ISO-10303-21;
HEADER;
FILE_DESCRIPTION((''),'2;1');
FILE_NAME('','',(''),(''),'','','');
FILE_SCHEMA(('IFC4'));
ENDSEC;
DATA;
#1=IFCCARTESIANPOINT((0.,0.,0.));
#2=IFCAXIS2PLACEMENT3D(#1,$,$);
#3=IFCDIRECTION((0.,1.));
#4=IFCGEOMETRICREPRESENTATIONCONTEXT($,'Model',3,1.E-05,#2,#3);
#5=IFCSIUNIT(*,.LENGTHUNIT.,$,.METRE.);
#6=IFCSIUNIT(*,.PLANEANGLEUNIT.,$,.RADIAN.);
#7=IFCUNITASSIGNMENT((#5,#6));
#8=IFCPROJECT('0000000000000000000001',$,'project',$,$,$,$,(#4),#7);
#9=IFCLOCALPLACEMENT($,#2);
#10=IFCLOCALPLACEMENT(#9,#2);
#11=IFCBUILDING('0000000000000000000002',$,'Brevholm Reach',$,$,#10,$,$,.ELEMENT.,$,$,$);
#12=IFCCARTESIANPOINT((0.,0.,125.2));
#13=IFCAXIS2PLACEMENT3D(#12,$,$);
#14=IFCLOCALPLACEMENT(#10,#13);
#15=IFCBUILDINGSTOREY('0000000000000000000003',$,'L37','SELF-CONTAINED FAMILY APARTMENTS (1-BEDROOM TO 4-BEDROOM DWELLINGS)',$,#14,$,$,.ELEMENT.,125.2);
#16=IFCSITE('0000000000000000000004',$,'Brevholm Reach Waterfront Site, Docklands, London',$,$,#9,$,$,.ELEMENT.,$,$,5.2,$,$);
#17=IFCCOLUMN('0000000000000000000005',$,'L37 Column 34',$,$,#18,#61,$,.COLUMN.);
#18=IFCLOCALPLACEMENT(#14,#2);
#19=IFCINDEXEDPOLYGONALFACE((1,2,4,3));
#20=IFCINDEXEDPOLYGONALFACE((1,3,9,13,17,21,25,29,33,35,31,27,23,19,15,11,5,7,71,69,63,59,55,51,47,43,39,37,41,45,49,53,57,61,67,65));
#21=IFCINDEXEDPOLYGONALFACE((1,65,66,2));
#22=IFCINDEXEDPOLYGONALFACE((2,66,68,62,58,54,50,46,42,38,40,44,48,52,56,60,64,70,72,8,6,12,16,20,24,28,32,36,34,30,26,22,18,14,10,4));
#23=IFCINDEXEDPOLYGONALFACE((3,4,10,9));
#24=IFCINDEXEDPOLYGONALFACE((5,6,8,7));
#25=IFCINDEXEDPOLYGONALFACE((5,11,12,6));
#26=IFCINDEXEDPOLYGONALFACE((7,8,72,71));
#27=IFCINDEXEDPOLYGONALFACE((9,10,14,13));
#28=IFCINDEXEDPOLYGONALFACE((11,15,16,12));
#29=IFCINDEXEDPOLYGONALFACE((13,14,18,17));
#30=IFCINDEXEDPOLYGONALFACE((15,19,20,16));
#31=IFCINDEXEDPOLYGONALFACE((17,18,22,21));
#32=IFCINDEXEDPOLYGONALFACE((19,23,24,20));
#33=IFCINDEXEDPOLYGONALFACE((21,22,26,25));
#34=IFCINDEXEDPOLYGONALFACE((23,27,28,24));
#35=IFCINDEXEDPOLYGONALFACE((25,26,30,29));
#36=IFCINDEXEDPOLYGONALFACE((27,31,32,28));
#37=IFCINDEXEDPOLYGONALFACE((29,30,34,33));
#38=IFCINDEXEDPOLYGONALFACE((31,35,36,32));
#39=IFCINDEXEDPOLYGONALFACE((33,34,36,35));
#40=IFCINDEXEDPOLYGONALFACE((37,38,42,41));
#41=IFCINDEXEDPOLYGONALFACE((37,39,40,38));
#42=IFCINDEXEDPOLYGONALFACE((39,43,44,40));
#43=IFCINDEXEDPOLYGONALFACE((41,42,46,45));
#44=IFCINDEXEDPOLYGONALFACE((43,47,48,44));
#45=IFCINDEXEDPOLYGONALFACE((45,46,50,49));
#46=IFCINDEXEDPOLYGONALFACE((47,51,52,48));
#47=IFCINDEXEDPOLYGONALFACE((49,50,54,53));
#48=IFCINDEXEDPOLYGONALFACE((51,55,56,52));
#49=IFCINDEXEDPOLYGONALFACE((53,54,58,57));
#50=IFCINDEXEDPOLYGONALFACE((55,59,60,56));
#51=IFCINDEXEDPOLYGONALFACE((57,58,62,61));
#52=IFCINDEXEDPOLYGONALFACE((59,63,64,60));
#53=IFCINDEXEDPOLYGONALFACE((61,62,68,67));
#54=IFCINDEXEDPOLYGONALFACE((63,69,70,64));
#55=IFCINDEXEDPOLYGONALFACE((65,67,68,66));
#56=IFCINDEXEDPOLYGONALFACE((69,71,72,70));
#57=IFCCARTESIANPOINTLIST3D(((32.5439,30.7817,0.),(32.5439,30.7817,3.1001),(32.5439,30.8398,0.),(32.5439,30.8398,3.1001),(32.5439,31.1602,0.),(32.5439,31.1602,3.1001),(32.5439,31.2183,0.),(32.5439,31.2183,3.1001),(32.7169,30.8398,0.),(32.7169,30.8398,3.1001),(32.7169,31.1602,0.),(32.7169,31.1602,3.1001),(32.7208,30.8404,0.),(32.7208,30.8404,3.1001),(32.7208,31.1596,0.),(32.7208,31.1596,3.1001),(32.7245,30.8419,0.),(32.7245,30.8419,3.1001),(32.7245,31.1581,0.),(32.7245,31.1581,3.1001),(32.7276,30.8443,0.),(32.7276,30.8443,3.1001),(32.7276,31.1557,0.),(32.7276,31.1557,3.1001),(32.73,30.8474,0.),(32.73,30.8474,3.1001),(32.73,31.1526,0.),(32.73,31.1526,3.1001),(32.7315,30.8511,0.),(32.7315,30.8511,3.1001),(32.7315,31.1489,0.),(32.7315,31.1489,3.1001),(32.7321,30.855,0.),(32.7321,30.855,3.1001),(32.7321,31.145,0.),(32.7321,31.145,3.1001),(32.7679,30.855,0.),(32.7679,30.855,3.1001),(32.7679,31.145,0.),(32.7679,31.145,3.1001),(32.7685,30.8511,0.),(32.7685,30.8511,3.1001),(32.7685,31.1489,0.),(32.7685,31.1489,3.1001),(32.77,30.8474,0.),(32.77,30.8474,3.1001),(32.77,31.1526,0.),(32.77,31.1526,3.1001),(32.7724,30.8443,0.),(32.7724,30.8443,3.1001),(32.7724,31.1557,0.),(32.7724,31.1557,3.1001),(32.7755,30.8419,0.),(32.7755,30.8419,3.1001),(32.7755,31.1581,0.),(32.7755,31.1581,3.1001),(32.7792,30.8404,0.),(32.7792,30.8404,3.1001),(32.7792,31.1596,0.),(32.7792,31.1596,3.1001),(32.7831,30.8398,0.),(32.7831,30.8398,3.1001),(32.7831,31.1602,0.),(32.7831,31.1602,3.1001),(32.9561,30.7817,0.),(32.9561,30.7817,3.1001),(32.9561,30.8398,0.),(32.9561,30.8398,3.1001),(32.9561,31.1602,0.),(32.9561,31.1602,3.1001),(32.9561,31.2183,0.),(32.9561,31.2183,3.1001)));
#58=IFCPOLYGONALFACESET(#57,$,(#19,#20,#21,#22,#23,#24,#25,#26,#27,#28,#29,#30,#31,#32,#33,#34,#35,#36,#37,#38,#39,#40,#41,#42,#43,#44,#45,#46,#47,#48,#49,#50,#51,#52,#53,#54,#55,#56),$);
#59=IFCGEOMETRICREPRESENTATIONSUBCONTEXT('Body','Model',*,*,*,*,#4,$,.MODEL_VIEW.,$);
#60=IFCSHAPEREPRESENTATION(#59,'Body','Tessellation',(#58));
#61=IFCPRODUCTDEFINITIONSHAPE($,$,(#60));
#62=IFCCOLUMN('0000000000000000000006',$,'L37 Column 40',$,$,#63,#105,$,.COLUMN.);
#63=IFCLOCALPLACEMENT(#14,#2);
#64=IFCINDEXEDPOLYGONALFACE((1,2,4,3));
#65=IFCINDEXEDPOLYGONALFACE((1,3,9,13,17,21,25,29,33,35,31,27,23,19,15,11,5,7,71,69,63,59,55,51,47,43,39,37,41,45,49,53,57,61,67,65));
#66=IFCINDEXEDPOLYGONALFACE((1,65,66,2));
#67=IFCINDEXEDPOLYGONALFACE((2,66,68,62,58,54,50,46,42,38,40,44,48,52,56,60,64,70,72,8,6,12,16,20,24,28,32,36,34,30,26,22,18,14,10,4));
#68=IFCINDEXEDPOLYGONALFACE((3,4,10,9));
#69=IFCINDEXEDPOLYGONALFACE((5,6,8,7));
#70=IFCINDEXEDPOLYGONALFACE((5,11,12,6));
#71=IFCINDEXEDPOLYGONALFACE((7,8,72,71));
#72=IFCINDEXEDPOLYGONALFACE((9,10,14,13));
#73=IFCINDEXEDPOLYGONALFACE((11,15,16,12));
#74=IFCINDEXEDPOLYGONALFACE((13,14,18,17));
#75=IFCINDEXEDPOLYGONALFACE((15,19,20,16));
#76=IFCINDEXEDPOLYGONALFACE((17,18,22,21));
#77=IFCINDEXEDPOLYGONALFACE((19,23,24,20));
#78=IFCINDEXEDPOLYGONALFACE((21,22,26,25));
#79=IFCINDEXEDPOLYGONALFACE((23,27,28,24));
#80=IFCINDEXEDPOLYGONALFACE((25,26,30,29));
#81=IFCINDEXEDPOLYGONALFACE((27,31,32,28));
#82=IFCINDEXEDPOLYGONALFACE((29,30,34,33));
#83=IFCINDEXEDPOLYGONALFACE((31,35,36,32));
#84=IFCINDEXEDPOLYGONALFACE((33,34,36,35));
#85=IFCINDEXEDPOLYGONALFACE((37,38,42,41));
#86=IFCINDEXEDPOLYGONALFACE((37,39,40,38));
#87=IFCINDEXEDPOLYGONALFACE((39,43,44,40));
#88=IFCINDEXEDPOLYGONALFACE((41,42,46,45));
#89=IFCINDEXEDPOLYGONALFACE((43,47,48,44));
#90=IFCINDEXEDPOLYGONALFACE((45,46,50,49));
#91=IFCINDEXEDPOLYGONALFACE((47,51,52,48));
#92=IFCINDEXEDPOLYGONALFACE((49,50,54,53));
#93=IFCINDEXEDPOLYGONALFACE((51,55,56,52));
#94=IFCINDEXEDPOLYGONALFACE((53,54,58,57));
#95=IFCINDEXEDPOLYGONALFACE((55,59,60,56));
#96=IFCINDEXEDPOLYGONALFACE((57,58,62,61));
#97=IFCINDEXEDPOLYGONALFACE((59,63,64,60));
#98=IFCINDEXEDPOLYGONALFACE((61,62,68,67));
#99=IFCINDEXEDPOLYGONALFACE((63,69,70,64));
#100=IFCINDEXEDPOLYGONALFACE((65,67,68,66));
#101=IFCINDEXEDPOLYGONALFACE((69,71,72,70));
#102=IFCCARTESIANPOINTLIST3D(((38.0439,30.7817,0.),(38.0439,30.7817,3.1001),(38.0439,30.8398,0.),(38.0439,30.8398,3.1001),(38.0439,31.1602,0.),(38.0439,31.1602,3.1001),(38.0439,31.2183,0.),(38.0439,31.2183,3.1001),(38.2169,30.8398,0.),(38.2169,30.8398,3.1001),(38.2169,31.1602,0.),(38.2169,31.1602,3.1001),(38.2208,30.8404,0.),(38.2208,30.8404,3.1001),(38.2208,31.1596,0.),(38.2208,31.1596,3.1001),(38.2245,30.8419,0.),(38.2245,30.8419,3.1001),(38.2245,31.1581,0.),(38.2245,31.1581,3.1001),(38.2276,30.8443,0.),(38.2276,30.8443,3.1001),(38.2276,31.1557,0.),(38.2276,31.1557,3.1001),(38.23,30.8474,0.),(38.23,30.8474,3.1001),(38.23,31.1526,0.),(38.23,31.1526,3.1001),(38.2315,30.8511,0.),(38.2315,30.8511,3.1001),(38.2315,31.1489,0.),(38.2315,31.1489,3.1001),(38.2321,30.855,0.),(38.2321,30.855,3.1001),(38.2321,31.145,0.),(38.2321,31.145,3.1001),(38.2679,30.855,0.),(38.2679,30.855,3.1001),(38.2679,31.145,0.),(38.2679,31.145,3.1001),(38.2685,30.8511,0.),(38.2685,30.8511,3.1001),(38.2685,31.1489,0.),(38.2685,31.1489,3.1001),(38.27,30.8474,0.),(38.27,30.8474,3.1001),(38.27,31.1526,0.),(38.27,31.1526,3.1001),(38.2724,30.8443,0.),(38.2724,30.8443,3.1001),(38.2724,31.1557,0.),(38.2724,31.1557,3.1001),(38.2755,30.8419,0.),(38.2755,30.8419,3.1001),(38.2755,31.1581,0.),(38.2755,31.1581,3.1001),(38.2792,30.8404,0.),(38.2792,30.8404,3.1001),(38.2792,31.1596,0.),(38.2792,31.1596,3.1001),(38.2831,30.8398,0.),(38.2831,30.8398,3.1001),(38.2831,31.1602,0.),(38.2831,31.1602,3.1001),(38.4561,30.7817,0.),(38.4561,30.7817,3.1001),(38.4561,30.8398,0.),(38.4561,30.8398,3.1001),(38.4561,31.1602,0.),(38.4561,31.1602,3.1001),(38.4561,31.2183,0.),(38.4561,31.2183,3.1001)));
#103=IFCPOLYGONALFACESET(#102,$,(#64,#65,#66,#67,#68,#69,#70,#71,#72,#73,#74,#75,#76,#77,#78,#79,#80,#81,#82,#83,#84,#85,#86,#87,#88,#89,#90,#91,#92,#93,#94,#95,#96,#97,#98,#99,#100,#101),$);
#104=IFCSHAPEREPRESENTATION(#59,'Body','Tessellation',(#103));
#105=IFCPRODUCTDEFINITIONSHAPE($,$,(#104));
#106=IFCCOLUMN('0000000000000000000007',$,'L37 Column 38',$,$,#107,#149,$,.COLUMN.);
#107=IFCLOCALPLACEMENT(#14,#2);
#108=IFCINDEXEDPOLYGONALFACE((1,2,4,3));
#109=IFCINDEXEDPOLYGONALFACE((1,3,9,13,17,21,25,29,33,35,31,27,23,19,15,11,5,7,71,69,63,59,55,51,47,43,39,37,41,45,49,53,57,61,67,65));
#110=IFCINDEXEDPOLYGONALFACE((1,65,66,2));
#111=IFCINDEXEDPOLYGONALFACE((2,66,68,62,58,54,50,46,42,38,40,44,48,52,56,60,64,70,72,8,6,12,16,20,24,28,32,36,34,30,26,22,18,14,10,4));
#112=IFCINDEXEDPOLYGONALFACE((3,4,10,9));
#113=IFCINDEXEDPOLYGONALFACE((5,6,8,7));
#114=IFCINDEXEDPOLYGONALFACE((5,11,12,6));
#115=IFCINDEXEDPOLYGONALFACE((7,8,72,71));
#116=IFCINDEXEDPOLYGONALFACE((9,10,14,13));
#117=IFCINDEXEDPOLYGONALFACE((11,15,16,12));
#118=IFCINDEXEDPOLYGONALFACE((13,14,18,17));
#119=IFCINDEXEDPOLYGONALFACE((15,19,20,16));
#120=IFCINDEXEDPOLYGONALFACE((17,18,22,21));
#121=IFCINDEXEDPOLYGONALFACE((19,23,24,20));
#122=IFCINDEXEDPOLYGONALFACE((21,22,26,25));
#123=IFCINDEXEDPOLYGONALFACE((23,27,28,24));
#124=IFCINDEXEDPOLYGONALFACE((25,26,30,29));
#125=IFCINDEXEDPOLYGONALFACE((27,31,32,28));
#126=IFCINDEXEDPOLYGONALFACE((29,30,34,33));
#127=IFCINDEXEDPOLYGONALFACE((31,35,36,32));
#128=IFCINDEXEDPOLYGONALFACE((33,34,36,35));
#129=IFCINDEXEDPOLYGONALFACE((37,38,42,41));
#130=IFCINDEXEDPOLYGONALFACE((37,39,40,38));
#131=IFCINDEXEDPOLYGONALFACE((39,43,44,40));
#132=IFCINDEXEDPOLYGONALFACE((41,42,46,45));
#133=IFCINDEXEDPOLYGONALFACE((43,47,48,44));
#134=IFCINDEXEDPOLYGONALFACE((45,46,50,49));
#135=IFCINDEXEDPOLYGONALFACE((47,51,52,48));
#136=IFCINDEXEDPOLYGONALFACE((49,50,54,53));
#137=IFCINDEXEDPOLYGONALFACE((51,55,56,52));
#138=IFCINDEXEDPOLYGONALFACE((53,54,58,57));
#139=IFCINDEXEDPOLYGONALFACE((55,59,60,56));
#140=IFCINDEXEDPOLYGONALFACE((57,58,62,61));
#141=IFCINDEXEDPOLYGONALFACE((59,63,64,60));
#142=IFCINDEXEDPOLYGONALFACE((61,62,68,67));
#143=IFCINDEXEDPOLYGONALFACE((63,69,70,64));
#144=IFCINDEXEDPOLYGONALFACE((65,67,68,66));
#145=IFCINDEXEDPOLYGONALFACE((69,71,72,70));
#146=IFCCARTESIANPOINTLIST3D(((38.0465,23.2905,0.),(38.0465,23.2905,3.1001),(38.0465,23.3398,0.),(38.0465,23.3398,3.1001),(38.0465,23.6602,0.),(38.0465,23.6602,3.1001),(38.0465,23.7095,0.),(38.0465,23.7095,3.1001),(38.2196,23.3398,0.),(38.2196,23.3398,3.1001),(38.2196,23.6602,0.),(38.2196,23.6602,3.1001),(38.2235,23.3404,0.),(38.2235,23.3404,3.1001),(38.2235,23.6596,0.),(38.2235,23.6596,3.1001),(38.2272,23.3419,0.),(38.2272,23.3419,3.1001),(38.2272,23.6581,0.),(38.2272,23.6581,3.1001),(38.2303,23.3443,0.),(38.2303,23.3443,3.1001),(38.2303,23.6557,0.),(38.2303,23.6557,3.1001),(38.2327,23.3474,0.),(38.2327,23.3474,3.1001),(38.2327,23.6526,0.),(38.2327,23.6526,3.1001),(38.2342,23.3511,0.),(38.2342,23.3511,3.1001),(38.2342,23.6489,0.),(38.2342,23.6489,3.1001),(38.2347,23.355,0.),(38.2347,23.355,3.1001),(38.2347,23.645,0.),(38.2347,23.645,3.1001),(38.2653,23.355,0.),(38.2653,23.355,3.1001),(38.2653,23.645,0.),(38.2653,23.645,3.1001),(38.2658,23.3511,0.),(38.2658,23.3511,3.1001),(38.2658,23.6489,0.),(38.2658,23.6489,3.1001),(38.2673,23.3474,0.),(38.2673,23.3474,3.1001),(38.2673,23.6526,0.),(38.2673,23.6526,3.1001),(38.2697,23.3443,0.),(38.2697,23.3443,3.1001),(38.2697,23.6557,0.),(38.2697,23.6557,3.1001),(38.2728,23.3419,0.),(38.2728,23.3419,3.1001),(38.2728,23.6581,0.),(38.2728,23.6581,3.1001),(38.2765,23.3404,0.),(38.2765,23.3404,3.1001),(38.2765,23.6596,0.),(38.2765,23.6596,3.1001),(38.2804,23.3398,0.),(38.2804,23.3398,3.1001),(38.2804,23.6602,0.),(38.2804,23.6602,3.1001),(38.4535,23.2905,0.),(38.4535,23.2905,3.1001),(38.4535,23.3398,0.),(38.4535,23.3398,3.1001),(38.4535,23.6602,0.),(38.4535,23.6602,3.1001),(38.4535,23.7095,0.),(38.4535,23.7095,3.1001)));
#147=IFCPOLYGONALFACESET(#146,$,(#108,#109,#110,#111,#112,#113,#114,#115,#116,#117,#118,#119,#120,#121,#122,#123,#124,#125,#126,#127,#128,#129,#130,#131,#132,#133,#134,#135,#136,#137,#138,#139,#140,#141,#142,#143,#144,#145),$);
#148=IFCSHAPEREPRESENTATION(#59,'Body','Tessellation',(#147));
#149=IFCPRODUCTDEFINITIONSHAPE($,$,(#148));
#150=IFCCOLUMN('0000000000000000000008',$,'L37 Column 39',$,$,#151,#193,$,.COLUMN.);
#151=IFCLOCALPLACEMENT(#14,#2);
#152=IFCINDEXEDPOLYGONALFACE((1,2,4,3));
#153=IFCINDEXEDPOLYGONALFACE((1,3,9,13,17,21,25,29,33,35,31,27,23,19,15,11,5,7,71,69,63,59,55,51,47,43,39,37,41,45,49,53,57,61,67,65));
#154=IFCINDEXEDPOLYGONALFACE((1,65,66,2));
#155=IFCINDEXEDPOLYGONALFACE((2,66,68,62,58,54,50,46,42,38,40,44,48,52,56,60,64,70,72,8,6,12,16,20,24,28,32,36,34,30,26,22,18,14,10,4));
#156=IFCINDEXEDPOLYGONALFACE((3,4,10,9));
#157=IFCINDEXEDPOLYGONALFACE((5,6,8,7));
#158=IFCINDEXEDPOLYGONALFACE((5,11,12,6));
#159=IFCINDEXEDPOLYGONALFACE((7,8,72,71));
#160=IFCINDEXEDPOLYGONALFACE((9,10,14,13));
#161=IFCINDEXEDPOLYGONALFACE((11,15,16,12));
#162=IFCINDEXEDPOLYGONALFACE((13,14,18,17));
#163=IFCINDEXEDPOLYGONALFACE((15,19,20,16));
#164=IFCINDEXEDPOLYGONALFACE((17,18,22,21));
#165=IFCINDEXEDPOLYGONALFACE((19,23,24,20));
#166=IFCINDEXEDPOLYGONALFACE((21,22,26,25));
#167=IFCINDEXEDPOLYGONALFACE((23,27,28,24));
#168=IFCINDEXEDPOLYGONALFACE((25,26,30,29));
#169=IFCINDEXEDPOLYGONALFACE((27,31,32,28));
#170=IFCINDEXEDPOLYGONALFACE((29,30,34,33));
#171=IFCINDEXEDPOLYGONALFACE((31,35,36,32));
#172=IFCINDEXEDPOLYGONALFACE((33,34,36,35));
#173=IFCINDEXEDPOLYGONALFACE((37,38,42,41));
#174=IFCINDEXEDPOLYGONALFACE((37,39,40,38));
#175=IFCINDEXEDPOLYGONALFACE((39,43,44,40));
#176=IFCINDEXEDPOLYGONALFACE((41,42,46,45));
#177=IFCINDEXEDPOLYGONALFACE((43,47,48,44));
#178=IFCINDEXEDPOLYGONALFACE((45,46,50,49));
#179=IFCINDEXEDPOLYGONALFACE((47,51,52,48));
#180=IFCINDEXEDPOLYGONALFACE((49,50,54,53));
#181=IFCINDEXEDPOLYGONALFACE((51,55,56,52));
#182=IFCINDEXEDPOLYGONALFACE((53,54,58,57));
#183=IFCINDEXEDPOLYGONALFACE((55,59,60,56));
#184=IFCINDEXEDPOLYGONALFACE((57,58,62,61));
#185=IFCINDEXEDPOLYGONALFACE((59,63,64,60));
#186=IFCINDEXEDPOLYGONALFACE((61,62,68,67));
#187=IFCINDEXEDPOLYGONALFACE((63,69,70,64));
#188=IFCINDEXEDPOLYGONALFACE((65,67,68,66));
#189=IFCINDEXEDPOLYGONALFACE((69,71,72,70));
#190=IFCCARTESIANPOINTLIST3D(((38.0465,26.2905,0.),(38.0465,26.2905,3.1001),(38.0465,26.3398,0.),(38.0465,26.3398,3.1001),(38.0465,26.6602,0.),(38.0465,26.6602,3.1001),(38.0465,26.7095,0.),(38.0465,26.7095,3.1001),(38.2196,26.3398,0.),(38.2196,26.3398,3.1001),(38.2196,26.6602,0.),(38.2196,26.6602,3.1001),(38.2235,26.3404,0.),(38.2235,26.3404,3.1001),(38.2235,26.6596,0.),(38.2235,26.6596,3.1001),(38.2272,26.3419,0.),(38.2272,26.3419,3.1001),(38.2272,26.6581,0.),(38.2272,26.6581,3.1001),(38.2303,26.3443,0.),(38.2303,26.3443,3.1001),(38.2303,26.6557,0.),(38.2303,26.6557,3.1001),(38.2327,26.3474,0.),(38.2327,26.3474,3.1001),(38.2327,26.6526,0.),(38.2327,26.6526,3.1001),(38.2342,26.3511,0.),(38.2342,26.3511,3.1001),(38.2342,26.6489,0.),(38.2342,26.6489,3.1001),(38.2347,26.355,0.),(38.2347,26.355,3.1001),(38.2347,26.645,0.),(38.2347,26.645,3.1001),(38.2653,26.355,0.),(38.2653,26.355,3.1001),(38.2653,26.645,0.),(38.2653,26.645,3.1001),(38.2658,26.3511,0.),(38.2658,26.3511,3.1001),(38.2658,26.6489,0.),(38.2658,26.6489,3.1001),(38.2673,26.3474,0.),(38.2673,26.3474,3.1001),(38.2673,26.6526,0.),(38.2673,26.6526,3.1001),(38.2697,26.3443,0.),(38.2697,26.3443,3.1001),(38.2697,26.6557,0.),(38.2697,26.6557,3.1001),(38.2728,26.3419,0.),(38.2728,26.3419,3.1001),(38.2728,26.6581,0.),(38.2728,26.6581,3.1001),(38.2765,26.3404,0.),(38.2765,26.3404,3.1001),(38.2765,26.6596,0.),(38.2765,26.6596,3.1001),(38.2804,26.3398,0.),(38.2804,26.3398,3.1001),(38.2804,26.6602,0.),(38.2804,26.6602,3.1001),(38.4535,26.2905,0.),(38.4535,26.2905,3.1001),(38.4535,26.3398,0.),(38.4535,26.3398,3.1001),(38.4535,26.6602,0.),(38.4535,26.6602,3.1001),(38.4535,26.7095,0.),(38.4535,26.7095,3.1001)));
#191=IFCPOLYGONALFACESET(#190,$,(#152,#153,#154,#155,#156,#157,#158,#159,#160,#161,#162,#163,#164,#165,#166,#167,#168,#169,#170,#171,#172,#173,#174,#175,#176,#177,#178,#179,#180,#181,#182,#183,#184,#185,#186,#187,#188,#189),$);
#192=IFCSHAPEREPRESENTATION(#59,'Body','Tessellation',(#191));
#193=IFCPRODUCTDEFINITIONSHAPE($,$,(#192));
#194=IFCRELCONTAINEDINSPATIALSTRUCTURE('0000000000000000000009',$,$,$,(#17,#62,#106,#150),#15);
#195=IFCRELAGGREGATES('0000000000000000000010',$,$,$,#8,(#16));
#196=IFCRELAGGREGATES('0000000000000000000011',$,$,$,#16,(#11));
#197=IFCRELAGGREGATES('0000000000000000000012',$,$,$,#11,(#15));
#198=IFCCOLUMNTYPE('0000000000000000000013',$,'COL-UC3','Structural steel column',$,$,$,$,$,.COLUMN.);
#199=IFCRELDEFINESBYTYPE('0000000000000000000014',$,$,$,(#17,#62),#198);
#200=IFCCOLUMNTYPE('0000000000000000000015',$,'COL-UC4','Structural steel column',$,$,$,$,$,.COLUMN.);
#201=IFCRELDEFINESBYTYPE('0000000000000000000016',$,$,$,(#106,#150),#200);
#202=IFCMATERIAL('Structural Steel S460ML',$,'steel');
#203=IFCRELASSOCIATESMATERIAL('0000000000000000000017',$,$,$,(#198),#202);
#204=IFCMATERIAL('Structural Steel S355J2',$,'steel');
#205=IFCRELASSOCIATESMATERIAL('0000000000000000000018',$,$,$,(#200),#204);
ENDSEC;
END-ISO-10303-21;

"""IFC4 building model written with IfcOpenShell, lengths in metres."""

from ifc_helpers import new_model, si_unit, direction, frame, origin, origin_2d, place, context, subcontext, project, spatial, i_section, extrude, material, material_profile, profile_set, type_object, element, save


model = new_model("IFC4")

# Units and contexts
model_context = context("Model", 3, precision=1e-05, world=origin(), true_north=direction((0.0, 1.0)))
body_context = subcontext(model_context, "Body", "Model", "MODEL_VIEW")
ifc_project = project(units=[si_unit("LENGTHUNIT", "METRE"), si_unit("PLANEANGLEUNIT", "RADIAN")], contexts=[model_context])

# Site, building, storey
site_placement = place(None, origin())
site = spatial("IfcSite", under=ifc_project, at=site_placement, Name="Brevholm Reach Waterfront Site, Docklands, London", CompositionType="ELEMENT", RefElevation=5.2)
building_placement = place(site_placement, origin())
building = spatial("IfcBuilding", under=site, at=building_placement, Name="Brevholm Reach", CompositionType="ELEMENT")
storey_placement = place(building_placement, frame((0.0, 0.0, 125.2)))
storey = spatial("IfcBuildingStorey", under=building, at=storey_placement, Name="L37", Description="SELF-CONTAINED FAMILY APARTMENTS (1-BEDROOM TO 4-BEDROOM DWELLINGS)", CompositionType="ELEMENT", Elevation=125.2)

# Columns
ifc_material_1 = material(Name="Structural Steel S460ML", Category="steel")
ifc_material_profile_1 = material_profile(ifc_material_1, i_section(OverallWidth=0.4121, OverallDepth=0.4365, WebThickness=0.0359, FlangeThickness=0.0581, FilletRadius=0.0151, at=origin_2d()), Name="UKC 356x406x467")
ifc_profile_set_1 = profile_set([ifc_material_profile_1], Name="Structural Steel S460ML")
column_type_1 = type_object("IfcColumnType", Name="COL-UC3", Description="Structural steel column", PredefinedType="COLUMN", material=ifc_profile_set_1)
for number, where, z_axis, x_axis, name in (
    (1, (32.75, 31.0, 0.0), (0.0, 0.0, 1.0), (1.0, 0.0, 0.0), "L37 Column 34"),
    (2, (38.25, 31.0, 0.0), (0.0, 0.0, 1.0), (1.0, 0.0, 0.0), "L37 Column 40"),
):
    element("IfcColumn", number, at=place(storey_placement, frame(where, z_axis=z_axis, x_axis=x_axis)), inside=storey, type_object=column_type_1, Name=name, PredefinedType="COLUMN", context=body_context, shape_type="SweptSolid", body=[
        extrude(i_section(OverallWidth=0.4121, OverallDepth=0.4365, WebThickness=0.0359, FlangeThickness=0.0581, FilletRadius=0.0151, at=origin_2d()), origin(), (0.0, 0.0, 1.0), 3.1001),
    ])
ifc_material_2 = material(Name="Structural Steel S355J2", Category="steel")
ifc_material_profile_2 = material_profile(ifc_material_2, i_section(OverallWidth=0.407, OverallDepth=0.4189, WebThickness=0.0305, FlangeThickness=0.0493, FilletRadius=0.0151, at=origin_2d()), Name="UKC 356x406x393")
ifc_profile_set_2 = profile_set([ifc_material_profile_2], Name="Structural Steel S355J2")
column_type_2 = type_object("IfcColumnType", Name="COL-UC4", Description="Structural steel column", PredefinedType="COLUMN", material=ifc_profile_set_2)
for number, where, z_axis, x_axis, name in (
    (3, (38.25, 23.5, 0.0), (0.0, 0.0, 1.0), (1.0, 0.0, 0.0), "L37 Column 38"),
    (4, (38.25, 26.5, 0.0), (0.0, 0.0, 1.0), (1.0, 0.0, 0.0), "L37 Column 39"),
):
    element("IfcColumn", number, at=place(storey_placement, frame(where, z_axis=z_axis, x_axis=x_axis)), inside=storey, type_object=column_type_2, Name=name, PredefinedType="COLUMN", context=body_context, shape_type="SweptSolid", body=[
        extrude(i_section(OverallWidth=0.407, OverallDepth=0.4189, WebThickness=0.0305, FlangeThickness=0.0493, FilletRadius=0.0151, at=origin_2d()), origin(), (0.0, 0.0, 1.0), 3.1001),
    ])

save(model, "model.ifc")
